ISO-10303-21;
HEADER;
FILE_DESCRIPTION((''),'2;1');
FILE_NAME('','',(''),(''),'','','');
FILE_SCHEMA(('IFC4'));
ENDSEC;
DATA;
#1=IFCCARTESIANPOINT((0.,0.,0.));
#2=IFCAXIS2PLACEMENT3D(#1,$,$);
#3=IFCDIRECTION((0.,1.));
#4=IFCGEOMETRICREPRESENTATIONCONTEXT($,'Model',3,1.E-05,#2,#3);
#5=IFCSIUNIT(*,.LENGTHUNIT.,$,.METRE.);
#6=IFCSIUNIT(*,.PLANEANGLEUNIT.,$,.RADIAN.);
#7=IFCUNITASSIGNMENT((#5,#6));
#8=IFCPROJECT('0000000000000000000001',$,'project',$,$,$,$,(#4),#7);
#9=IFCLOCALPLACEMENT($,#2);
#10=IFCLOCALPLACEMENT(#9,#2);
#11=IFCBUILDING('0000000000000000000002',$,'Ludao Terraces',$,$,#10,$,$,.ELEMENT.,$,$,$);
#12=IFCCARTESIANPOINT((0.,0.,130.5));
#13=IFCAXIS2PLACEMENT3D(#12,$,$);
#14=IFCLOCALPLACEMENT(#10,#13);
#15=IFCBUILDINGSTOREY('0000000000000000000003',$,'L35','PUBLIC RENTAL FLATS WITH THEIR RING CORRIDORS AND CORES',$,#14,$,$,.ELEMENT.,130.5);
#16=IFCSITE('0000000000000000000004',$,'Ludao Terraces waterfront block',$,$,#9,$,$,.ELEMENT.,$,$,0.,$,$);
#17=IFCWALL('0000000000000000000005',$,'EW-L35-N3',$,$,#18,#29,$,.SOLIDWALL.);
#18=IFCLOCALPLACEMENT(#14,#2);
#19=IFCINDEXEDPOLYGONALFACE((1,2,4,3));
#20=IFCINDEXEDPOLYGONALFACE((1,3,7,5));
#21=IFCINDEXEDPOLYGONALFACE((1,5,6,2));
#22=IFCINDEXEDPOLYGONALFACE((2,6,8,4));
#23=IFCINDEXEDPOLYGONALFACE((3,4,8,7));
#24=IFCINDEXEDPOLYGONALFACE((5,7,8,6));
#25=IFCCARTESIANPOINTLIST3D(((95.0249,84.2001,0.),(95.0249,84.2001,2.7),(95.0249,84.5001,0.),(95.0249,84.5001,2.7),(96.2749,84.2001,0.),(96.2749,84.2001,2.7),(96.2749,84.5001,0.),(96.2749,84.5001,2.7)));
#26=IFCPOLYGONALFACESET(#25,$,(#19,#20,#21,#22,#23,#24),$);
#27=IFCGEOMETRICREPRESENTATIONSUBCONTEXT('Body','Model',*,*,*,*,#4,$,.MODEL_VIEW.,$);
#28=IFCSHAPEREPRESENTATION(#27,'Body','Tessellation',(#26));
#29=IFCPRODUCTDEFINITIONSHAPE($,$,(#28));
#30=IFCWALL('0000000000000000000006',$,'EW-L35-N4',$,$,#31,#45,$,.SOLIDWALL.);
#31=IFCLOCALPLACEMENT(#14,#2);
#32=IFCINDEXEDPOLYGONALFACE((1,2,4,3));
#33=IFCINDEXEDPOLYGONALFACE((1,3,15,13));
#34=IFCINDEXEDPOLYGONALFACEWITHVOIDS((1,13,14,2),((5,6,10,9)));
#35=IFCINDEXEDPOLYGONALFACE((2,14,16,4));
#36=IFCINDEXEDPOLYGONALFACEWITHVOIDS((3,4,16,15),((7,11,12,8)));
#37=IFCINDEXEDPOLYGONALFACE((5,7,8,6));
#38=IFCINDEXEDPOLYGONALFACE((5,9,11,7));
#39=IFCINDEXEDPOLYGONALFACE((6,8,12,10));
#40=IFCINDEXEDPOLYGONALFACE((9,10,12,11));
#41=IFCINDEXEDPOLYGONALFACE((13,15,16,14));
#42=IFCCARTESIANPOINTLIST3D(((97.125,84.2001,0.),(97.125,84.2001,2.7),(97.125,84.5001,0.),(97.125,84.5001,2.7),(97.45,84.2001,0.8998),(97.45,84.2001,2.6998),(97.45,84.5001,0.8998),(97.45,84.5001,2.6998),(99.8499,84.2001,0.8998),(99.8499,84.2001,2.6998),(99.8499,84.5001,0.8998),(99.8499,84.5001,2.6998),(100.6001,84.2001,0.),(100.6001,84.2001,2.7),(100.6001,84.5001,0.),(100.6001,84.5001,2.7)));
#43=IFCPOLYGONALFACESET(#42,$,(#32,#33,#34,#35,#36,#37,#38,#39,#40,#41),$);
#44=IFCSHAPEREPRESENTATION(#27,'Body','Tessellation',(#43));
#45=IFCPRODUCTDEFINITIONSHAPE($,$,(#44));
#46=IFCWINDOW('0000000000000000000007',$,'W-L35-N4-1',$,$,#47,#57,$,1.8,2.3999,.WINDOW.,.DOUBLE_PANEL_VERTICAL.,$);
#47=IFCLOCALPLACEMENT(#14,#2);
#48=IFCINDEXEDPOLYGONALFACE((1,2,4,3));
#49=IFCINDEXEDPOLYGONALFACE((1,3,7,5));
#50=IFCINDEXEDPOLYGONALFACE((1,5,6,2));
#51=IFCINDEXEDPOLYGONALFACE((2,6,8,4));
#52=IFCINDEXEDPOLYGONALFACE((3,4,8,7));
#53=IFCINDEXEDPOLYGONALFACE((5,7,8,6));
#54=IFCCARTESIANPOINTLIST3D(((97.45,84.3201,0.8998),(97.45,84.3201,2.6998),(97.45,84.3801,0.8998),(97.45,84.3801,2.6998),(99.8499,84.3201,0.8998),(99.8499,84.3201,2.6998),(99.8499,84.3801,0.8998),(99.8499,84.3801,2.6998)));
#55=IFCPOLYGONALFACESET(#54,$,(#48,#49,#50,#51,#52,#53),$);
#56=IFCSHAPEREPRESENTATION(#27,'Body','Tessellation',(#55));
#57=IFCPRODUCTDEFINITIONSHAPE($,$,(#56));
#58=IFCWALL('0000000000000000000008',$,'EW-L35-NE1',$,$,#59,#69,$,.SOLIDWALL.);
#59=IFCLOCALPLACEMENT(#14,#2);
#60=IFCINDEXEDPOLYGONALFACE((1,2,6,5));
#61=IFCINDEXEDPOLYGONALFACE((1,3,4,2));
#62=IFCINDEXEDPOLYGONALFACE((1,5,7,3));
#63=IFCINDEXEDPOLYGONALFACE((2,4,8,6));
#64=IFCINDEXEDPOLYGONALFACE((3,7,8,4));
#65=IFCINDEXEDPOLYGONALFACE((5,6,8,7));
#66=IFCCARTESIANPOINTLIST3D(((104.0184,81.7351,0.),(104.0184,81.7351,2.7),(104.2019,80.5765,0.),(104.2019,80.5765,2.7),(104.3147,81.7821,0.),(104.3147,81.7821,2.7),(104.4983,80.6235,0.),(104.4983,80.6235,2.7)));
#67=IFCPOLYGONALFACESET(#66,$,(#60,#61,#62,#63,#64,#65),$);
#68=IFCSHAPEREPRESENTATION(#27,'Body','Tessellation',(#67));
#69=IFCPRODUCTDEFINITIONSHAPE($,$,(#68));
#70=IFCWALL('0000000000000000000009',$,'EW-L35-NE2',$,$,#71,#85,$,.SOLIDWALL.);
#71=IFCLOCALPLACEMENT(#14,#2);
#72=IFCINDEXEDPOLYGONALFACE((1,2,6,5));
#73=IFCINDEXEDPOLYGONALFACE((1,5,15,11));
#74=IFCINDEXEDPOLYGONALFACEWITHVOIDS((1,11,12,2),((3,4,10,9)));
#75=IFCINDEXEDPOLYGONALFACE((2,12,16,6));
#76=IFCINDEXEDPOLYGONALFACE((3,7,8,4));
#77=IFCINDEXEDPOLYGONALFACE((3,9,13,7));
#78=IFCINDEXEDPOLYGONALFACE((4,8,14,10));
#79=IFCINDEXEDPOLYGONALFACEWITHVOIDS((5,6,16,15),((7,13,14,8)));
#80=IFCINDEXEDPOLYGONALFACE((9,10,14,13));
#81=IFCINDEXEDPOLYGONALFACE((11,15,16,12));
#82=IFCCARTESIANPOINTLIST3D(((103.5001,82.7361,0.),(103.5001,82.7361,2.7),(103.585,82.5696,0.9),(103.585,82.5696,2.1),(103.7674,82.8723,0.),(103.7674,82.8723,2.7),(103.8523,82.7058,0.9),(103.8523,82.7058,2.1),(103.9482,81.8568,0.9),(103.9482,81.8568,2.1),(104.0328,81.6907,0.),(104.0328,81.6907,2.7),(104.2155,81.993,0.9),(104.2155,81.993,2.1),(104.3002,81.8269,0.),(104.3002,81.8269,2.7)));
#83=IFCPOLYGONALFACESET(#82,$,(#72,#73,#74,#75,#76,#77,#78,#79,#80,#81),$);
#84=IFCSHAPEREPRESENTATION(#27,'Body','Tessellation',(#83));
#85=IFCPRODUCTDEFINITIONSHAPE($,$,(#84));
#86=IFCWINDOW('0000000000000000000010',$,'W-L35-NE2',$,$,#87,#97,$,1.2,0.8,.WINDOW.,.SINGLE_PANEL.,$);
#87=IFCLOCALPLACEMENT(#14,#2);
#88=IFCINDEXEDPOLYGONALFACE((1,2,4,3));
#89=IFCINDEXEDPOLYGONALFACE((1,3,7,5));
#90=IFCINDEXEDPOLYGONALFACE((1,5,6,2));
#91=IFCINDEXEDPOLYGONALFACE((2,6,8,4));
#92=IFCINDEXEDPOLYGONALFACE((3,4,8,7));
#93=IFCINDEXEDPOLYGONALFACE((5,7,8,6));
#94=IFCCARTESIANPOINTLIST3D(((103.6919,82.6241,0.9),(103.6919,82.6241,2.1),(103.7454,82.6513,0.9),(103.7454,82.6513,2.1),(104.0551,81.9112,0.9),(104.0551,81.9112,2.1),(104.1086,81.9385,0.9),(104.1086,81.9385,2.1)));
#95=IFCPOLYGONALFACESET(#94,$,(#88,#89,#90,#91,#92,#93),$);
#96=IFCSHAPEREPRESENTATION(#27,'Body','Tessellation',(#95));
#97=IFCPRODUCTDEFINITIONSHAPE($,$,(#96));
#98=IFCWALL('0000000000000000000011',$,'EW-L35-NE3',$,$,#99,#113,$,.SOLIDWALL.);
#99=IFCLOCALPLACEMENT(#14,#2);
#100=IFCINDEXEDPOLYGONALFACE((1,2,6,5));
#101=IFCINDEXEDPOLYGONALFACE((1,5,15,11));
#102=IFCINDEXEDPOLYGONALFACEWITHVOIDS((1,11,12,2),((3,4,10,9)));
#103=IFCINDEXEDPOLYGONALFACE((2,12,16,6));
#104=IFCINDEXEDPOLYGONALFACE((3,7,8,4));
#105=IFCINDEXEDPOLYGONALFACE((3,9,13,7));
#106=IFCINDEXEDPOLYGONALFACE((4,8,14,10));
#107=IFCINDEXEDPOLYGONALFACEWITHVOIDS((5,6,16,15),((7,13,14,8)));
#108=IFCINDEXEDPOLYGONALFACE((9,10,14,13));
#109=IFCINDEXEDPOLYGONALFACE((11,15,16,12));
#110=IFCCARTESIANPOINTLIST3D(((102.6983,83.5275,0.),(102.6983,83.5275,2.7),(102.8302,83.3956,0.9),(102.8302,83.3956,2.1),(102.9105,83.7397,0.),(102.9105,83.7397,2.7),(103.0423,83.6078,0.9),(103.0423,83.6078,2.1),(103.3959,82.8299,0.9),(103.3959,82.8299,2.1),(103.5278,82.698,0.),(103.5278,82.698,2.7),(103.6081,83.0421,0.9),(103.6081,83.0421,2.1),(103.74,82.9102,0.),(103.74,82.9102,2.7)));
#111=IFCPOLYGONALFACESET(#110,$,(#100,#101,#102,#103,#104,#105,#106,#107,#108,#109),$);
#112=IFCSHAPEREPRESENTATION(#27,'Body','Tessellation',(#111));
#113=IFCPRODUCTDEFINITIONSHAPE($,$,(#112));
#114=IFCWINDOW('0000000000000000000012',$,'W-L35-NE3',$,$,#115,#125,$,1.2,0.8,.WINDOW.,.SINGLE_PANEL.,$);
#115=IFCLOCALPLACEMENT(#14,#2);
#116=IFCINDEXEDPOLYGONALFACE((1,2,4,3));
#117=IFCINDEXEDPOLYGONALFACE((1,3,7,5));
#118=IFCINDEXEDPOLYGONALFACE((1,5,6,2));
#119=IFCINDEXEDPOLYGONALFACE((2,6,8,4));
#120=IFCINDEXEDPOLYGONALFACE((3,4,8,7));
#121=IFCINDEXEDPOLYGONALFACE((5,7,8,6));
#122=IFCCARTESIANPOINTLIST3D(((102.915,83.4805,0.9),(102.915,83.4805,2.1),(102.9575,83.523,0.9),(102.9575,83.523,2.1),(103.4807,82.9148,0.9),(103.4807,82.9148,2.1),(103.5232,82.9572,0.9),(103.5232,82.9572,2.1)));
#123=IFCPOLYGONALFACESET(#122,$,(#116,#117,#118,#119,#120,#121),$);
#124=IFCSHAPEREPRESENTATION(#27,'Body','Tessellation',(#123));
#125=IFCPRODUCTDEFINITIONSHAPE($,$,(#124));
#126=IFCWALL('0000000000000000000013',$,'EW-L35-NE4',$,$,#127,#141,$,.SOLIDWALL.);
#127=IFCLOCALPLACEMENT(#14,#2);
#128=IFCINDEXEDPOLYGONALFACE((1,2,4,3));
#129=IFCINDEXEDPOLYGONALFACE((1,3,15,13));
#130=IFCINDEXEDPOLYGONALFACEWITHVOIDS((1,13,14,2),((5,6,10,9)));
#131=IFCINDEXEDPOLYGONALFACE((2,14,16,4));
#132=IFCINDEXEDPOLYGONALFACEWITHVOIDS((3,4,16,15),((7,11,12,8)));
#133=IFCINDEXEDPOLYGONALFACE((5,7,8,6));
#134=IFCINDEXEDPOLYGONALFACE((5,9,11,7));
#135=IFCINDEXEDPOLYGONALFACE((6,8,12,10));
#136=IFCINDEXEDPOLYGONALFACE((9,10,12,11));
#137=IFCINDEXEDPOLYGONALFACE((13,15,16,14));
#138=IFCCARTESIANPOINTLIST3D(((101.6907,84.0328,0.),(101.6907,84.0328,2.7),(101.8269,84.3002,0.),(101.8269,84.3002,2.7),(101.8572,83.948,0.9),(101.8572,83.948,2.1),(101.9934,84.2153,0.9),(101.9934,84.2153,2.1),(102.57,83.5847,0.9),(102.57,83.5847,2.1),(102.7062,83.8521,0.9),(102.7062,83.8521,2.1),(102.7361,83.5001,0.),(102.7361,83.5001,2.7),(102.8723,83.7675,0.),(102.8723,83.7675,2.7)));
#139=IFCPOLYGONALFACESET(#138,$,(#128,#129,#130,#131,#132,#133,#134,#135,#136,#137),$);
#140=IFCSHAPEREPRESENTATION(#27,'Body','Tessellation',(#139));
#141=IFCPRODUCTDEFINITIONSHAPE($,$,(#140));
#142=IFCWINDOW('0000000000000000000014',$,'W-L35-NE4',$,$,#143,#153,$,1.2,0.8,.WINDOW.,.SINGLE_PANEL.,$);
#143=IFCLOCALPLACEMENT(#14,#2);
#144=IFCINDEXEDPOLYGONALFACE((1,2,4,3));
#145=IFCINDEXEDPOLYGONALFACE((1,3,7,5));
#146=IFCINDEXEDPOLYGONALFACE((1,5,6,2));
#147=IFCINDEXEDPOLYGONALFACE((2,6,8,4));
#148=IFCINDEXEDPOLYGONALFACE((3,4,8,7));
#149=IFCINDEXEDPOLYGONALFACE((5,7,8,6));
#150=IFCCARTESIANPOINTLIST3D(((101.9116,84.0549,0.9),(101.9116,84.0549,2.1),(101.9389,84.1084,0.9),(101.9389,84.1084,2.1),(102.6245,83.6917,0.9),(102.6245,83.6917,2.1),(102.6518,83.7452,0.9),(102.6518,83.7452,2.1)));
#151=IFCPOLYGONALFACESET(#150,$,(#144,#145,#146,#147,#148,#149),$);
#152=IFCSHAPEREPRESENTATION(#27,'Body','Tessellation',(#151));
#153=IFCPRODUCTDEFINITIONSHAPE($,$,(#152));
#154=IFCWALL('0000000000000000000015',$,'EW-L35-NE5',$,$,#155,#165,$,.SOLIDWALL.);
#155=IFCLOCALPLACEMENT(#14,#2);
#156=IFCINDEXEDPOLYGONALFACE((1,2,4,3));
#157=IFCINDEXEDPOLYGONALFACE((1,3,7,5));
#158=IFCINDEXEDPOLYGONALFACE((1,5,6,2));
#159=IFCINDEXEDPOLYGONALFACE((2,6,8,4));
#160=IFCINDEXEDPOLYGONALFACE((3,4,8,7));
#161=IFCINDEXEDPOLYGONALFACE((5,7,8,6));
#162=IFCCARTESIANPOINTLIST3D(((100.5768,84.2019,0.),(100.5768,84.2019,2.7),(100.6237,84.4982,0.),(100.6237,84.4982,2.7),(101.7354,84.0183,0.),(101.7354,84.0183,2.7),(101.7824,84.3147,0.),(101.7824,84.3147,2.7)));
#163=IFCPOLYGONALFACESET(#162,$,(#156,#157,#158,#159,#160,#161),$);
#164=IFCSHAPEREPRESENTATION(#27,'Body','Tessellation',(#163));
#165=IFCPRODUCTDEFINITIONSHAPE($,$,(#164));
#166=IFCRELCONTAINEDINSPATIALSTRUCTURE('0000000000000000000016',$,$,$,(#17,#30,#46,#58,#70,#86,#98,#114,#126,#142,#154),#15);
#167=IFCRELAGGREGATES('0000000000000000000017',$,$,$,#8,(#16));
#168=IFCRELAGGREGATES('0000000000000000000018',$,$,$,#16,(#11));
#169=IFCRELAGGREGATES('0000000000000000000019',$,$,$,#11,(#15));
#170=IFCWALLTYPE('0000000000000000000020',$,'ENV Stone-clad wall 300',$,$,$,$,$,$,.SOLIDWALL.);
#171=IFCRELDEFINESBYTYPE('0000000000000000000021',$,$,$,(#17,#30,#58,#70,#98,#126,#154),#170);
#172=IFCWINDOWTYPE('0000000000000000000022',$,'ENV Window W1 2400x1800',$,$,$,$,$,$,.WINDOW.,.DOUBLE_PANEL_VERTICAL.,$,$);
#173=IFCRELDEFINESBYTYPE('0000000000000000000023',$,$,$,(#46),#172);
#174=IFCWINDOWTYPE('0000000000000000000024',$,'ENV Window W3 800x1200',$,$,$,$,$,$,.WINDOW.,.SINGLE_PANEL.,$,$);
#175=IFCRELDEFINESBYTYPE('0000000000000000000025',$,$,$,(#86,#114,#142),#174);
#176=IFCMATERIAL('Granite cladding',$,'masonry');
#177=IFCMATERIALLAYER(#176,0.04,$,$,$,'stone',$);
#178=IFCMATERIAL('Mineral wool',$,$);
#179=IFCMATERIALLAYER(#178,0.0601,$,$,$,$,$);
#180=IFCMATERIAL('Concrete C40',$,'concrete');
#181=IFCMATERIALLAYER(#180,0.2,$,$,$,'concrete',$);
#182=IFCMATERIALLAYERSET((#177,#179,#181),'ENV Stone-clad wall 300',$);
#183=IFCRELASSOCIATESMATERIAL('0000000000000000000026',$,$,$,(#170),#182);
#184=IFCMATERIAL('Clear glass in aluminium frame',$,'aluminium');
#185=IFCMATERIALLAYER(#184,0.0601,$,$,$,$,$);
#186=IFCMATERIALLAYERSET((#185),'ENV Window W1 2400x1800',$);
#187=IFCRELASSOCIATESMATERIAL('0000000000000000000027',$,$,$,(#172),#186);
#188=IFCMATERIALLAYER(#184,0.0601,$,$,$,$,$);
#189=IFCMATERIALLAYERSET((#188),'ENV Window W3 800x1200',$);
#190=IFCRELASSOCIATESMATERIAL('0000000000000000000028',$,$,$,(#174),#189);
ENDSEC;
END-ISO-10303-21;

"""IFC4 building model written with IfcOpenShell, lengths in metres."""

from ifc_helpers import new_model, si_unit, direction, frame, frame_2d, origin, place, context, subcontext, project, spatial, rectangle, extrude, material, layer, layer_set, type_object, element, fill, save


model = new_model("IFC4")

# Units and contexts
model_context = context("Model", 3, precision=1e-05, world=origin(), true_north=direction((0.0, 1.0)))
body_context = subcontext(model_context, "Body", "Model", "MODEL_VIEW")
ifc_project = project(units=[si_unit("LENGTHUNIT", "METRE"), si_unit("PLANEANGLEUNIT", "RADIAN")], contexts=[model_context])

# Site, building, storey
site_placement = place(None, origin())
site = spatial("IfcSite", under=ifc_project, at=site_placement, Name="Ludao Terraces waterfront block", CompositionType="ELEMENT", RefElevation=0.0)
building_placement = place(site_placement, origin())
building = spatial("IfcBuilding", under=site, at=building_placement, Name="Ludao Terraces", CompositionType="ELEMENT")
storey_placement = place(building_placement, frame((0.0, 0.0, 130.5)))
storey = spatial("IfcBuildingStorey", under=building, at=storey_placement, Name="L35", Description="PUBLIC RENTAL FLATS WITH THEIR RING CORRIDORS AND CORES", CompositionType="ELEMENT", Elevation=130.5)

# Shared definitions
ifc_material_1 = material(Name="Concrete C40", Category="concrete")

# Shared definitions
ifc_material_2 = material(Name="Granite cladding", Category="masonry")
ifc_layer_1 = layer(ifc_material_2, 0.04, Category="stone")
ifc_material_3 = material(Name="Mineral wool")
ifc_layer_2 = layer(ifc_material_3, 0.0601)
ifc_layer_3 = layer(ifc_material_1, 0.2, Category="concrete")
ifc_layer_set_1 = layer_set([ifc_layer_1, ifc_layer_2, ifc_layer_3], Name="ENV Stone-clad wall 300")
wall_type_1 = type_object("IfcWallType", Name="ENV Stone-clad wall 300", PredefinedType="SOLIDWALL", material=ifc_layer_set_1)
ifc_material_4 = material(Name="Clear glass in aluminium frame", Category="aluminium")
ifc_layer_4 = layer(ifc_material_4, 0.0601)
ifc_layer_set_2 = layer_set([ifc_layer_4], Name="ENV Window W1 2400x1800")
window_type_1 = type_object("IfcWindowType", Name="ENV Window W1 2400x1800", PartitioningType="DOUBLE_PANEL_VERTICAL", PredefinedType="WINDOW", material=ifc_layer_set_2)

# Wall
wall_1_placement = place(storey_placement, frame((95.0249, 84.3501, 0.0), z_axis=(0.0, 0.0, 1.0), x_axis=(1.0, 0.0, 0.0)))
element("IfcWall", 1, at=wall_1_placement, inside=storey, type_object=wall_type_1, Name="EW-L35-N3", PredefinedType="SOLIDWALL", context=body_context, shape_type="SweptSolid", body=[
    extrude(rectangle(XDim=1.25, YDim=0.3, at=frame_2d((0.625, 0.0))), origin(), (0.0, 0.0, 1.0), 2.7),
])

# Wall, opening, window
wall_2_placement = place(storey_placement, frame((97.125, 84.3501, 0.0), z_axis=(0.0, 0.0, 1.0), x_axis=(1.0, 0.0, 0.0)))
wall_2 = element("IfcWall", 2, at=wall_2_placement, inside=storey, type_object=wall_type_1, Name="EW-L35-N4", PredefinedType="SOLIDWALL", context=body_context, shape_type="SweptSolid", body=[
    extrude(rectangle(XDim=3.4751, YDim=0.3, at=frame_2d((1.7375, 0.0))), origin(), (0.0, 0.0, 1.0), 2.7),
])
opening_1_placement = place(wall_2_placement, frame((0.325, 0.0, 0.8999)))
opening_1 = element("IfcOpeningElement", 3, at=opening_1_placement, cuts=wall_2, PredefinedType="OPENING", context=body_context, shape_type="SweptSolid", body=[
    extrude(rectangle(XDim=2.3999, YDim=1.8, at=frame_2d((1.2, 0.8999))), frame((0.0, 0.1602, 0.0), z_axis=(0.0, -1.0, 0.0), x_axis=(1.0, 0.0, 0.0)), (0.0, 0.0, 1.0), 0.3201),
])
window_1_placement = place(opening_1_placement, origin())
window_1 = element("IfcWindow", 4, at=window_1_placement, inside=storey, type_object=window_type_1, Name="W-L35-N4-1", OverallHeight=1.8, OverallWidth=2.3999, PartitioningType="DOUBLE_PANEL_VERTICAL", PredefinedType="WINDOW", context=body_context, shape_type="SweptSolid", body=[
    extrude(rectangle(XDim=2.3999, YDim=1.8, at=frame_2d((1.2, 0.8999))), frame((0.0, 0.03, 0.0), z_axis=(0.0, -1.0, 0.0), x_axis=(1.0, 0.0, 0.0)), (0.0, 0.0, 1.0), 0.0601),
])
fill(opening_1, window_1)

# Wall
wall_3_placement = place(storey_placement, frame((104.3501, 80.6001, 0.0), z_axis=(0.0, 0.0, 1.0), x_axis=(-0.156497, 0.987678, 0.0)))
element("IfcWall", 5, at=wall_3_placement, inside=storey, type_object=wall_type_1, Name="EW-L35-NE1", PredefinedType="SOLIDWALL", context=body_context, shape_type="SweptSolid", body=[
    extrude(rectangle(XDim=1.1731, YDim=0.3, at=frame_2d((0.5864, 0.0))), origin(), (0.0, 0.0, 1.0), 2.7),
])

# Walls, openings, windows
wall_4_placement = place(storey_placement, frame((104.1665, 81.7588, 0.0), z_axis=(0.0, 0.0, 1.0), x_axis=(-0.454026, 0.890989, 0.0)))
wall_4 = element("IfcWall", 6, at=wall_4_placement, inside=storey, type_object=wall_type_1, Name="EW-L35-NE2", PredefinedType="SOLIDWALL", context=body_context, shape_type="SweptSolid", body=[
    extrude(rectangle(XDim=1.1733, YDim=0.3, at=frame_2d((0.5867, 0.0))), origin(), (0.0, 0.0, 1.0), 2.7),
])
opening_2_placement = place(wall_4_placement, frame((0.1865, 0.0, 0.8999)))
opening_2 = element("IfcOpeningElement", 7, at=opening_2_placement, cuts=wall_4, PredefinedType="OPENING", context=body_context, shape_type="SweptSolid", body=[
    extrude(rectangle(XDim=0.8, YDim=1.2, at=frame_2d((0.3999, 0.6001))), frame((0.0, 0.1602, 0.0), z_axis=(0.0, -1.0, 0.0), x_axis=(1.0, 0.0, 0.0)), (0.0, 0.0, 1.0), 0.3201),
])
ifc_layer_5 = layer(ifc_material_4, 0.0601)
ifc_layer_set_3 = layer_set([ifc_layer_5], Name="ENV Window W3 800x1200")
window_type_2 = type_object("IfcWindowType", Name="ENV Window W3 800x1200", PartitioningType="SINGLE_PANEL", PredefinedType="WINDOW", material=ifc_layer_set_3)
window_2_placement = place(opening_2_placement, origin())
window_2 = element("IfcWindow", 8, at=window_2_placement, inside=storey, type_object=window_type_2, Name="W-L35-NE2", OverallHeight=1.2, OverallWidth=0.8, PartitioningType="SINGLE_PANEL", PredefinedType="WINDOW", context=body_context, shape_type="SweptSolid", body=[
    extrude(rectangle(XDim=0.8, YDim=1.2, at=frame_2d((0.3999, 0.6001))), frame((0.0, 0.03, 0.0), z_axis=(0.0, -1.0, 0.0), x_axis=(1.0, 0.0, 0.0)), (0.0, 0.0, 1.0), 0.0601),
])
fill(opening_2, window_2)
wall_5_placement = place(storey_placement, frame((103.6338, 82.8042, 0.0), z_axis=(0.0, 0.0, 1.0), x_axis=(-0.707107, 0.707107, 0.0)))
wall_5 = element("IfcWall", 9, at=wall_5_placement, inside=storey, type_object=wall_type_1, Name="EW-L35-NE3", PredefinedType="SOLIDWALL", context=body_context, shape_type="SweptSolid", body=[
    extrude(rectangle(XDim=1.1731, YDim=0.3, at=frame_2d((0.5864, 0.0))), origin(), (0.0, 0.0, 1.0), 2.7),
])
opening_3_placement = place(wall_5_placement, frame((0.1865, 0.0, 0.8999)))
opening_3 = element("IfcOpeningElement", 10, at=opening_3_placement, cuts=wall_5, PredefinedType="OPENING", context=body_context, shape_type="SweptSolid", body=[
    extrude(rectangle(XDim=0.8, YDim=1.2, at=frame_2d((0.3999, 0.6001))), frame((0.0, 0.1602, 0.0), z_axis=(0.0, -1.0, 0.0), x_axis=(1.0, 0.0, 0.0)), (0.0, 0.0, 1.0), 0.3201),
])
window_3_placement = place(opening_3_placement, origin())
window_3 = element("IfcWindow", 11, at=window_3_placement, inside=storey, type_object=window_type_2, Name="W-L35-NE3", OverallHeight=1.2, OverallWidth=0.8, PartitioningType="SINGLE_PANEL", PredefinedType="WINDOW", context=body_context, shape_type="SweptSolid", body=[
    extrude(rectangle(XDim=0.8, YDim=1.2, at=frame_2d((0.3999, 0.6001))), frame((0.0, 0.03, 0.0), z_axis=(0.0, -1.0, 0.0), x_axis=(1.0, 0.0, 0.0)), (0.0, 0.0, 1.0), 0.0601),
])
fill(opening_3, window_3)
wall_6_placement = place(storey_placement, frame((102.8042, 83.6338, 0.0), z_axis=(0.0, 0.0, 1.0), x_axis=(-0.890989, 0.454026, 0.0)))
wall_6 = element("IfcWall", 12, at=wall_6_placement, inside=storey, type_object=wall_type_1, Name="EW-L35-NE4", PredefinedType="SOLIDWALL", context=body_context, shape_type="SweptSolid", body=[
    extrude(rectangle(XDim=1.1733, YDim=0.3, at=frame_2d((0.5867, 0.0))), origin(), (0.0, 0.0, 1.0), 2.7),
])
opening_4_placement = place(wall_6_placement, frame((0.1865, 0.0, 0.8999)))
opening_4 = element("IfcOpeningElement", 13, at=opening_4_placement, cuts=wall_6, PredefinedType="OPENING", context=body_context, shape_type="SweptSolid", body=[
    extrude(rectangle(XDim=0.8, YDim=1.2, at=frame_2d((0.3999, 0.6001))), frame((0.0, 0.1602, 0.0), z_axis=(0.0, -1.0, 0.0), x_axis=(1.0, 0.0, 0.0)), (0.0, 0.0, 1.0), 0.3201),
])
window_4_placement = place(opening_4_placement, origin())
window_4 = element("IfcWindow", 14, at=window_4_placement, inside=storey, type_object=window_type_2, Name="W-L35-NE4", OverallHeight=1.2, OverallWidth=0.8, PartitioningType="SINGLE_PANEL", PredefinedType="WINDOW", context=body_context, shape_type="SweptSolid", body=[
    extrude(rectangle(XDim=0.8, YDim=1.2, at=frame_2d((0.3999, 0.6001))), frame((0.0, 0.03, 0.0), z_axis=(0.0, -1.0, 0.0), x_axis=(1.0, 0.0, 0.0)), (0.0, 0.0, 1.0), 0.0601),
])
fill(opening_4, window_4)

# Wall
wall_7_placement = place(storey_placement, frame((101.7588, 84.1665, 0.0), z_axis=(0.0, 0.0, 1.0), x_axis=(-0.987678, 0.156497, 0.0)))
element("IfcWall", 15, at=wall_7_placement, inside=storey, type_object=wall_type_1, Name="EW-L35-NE5", PredefinedType="SOLIDWALL", context=body_context, shape_type="SweptSolid", body=[
    extrude(rectangle(XDim=1.1731, YDim=0.3, at=frame_2d((0.5864, 0.0))), origin(), (0.0, 0.0, 1.0), 2.7),
])

save(model, "model.ifc")
